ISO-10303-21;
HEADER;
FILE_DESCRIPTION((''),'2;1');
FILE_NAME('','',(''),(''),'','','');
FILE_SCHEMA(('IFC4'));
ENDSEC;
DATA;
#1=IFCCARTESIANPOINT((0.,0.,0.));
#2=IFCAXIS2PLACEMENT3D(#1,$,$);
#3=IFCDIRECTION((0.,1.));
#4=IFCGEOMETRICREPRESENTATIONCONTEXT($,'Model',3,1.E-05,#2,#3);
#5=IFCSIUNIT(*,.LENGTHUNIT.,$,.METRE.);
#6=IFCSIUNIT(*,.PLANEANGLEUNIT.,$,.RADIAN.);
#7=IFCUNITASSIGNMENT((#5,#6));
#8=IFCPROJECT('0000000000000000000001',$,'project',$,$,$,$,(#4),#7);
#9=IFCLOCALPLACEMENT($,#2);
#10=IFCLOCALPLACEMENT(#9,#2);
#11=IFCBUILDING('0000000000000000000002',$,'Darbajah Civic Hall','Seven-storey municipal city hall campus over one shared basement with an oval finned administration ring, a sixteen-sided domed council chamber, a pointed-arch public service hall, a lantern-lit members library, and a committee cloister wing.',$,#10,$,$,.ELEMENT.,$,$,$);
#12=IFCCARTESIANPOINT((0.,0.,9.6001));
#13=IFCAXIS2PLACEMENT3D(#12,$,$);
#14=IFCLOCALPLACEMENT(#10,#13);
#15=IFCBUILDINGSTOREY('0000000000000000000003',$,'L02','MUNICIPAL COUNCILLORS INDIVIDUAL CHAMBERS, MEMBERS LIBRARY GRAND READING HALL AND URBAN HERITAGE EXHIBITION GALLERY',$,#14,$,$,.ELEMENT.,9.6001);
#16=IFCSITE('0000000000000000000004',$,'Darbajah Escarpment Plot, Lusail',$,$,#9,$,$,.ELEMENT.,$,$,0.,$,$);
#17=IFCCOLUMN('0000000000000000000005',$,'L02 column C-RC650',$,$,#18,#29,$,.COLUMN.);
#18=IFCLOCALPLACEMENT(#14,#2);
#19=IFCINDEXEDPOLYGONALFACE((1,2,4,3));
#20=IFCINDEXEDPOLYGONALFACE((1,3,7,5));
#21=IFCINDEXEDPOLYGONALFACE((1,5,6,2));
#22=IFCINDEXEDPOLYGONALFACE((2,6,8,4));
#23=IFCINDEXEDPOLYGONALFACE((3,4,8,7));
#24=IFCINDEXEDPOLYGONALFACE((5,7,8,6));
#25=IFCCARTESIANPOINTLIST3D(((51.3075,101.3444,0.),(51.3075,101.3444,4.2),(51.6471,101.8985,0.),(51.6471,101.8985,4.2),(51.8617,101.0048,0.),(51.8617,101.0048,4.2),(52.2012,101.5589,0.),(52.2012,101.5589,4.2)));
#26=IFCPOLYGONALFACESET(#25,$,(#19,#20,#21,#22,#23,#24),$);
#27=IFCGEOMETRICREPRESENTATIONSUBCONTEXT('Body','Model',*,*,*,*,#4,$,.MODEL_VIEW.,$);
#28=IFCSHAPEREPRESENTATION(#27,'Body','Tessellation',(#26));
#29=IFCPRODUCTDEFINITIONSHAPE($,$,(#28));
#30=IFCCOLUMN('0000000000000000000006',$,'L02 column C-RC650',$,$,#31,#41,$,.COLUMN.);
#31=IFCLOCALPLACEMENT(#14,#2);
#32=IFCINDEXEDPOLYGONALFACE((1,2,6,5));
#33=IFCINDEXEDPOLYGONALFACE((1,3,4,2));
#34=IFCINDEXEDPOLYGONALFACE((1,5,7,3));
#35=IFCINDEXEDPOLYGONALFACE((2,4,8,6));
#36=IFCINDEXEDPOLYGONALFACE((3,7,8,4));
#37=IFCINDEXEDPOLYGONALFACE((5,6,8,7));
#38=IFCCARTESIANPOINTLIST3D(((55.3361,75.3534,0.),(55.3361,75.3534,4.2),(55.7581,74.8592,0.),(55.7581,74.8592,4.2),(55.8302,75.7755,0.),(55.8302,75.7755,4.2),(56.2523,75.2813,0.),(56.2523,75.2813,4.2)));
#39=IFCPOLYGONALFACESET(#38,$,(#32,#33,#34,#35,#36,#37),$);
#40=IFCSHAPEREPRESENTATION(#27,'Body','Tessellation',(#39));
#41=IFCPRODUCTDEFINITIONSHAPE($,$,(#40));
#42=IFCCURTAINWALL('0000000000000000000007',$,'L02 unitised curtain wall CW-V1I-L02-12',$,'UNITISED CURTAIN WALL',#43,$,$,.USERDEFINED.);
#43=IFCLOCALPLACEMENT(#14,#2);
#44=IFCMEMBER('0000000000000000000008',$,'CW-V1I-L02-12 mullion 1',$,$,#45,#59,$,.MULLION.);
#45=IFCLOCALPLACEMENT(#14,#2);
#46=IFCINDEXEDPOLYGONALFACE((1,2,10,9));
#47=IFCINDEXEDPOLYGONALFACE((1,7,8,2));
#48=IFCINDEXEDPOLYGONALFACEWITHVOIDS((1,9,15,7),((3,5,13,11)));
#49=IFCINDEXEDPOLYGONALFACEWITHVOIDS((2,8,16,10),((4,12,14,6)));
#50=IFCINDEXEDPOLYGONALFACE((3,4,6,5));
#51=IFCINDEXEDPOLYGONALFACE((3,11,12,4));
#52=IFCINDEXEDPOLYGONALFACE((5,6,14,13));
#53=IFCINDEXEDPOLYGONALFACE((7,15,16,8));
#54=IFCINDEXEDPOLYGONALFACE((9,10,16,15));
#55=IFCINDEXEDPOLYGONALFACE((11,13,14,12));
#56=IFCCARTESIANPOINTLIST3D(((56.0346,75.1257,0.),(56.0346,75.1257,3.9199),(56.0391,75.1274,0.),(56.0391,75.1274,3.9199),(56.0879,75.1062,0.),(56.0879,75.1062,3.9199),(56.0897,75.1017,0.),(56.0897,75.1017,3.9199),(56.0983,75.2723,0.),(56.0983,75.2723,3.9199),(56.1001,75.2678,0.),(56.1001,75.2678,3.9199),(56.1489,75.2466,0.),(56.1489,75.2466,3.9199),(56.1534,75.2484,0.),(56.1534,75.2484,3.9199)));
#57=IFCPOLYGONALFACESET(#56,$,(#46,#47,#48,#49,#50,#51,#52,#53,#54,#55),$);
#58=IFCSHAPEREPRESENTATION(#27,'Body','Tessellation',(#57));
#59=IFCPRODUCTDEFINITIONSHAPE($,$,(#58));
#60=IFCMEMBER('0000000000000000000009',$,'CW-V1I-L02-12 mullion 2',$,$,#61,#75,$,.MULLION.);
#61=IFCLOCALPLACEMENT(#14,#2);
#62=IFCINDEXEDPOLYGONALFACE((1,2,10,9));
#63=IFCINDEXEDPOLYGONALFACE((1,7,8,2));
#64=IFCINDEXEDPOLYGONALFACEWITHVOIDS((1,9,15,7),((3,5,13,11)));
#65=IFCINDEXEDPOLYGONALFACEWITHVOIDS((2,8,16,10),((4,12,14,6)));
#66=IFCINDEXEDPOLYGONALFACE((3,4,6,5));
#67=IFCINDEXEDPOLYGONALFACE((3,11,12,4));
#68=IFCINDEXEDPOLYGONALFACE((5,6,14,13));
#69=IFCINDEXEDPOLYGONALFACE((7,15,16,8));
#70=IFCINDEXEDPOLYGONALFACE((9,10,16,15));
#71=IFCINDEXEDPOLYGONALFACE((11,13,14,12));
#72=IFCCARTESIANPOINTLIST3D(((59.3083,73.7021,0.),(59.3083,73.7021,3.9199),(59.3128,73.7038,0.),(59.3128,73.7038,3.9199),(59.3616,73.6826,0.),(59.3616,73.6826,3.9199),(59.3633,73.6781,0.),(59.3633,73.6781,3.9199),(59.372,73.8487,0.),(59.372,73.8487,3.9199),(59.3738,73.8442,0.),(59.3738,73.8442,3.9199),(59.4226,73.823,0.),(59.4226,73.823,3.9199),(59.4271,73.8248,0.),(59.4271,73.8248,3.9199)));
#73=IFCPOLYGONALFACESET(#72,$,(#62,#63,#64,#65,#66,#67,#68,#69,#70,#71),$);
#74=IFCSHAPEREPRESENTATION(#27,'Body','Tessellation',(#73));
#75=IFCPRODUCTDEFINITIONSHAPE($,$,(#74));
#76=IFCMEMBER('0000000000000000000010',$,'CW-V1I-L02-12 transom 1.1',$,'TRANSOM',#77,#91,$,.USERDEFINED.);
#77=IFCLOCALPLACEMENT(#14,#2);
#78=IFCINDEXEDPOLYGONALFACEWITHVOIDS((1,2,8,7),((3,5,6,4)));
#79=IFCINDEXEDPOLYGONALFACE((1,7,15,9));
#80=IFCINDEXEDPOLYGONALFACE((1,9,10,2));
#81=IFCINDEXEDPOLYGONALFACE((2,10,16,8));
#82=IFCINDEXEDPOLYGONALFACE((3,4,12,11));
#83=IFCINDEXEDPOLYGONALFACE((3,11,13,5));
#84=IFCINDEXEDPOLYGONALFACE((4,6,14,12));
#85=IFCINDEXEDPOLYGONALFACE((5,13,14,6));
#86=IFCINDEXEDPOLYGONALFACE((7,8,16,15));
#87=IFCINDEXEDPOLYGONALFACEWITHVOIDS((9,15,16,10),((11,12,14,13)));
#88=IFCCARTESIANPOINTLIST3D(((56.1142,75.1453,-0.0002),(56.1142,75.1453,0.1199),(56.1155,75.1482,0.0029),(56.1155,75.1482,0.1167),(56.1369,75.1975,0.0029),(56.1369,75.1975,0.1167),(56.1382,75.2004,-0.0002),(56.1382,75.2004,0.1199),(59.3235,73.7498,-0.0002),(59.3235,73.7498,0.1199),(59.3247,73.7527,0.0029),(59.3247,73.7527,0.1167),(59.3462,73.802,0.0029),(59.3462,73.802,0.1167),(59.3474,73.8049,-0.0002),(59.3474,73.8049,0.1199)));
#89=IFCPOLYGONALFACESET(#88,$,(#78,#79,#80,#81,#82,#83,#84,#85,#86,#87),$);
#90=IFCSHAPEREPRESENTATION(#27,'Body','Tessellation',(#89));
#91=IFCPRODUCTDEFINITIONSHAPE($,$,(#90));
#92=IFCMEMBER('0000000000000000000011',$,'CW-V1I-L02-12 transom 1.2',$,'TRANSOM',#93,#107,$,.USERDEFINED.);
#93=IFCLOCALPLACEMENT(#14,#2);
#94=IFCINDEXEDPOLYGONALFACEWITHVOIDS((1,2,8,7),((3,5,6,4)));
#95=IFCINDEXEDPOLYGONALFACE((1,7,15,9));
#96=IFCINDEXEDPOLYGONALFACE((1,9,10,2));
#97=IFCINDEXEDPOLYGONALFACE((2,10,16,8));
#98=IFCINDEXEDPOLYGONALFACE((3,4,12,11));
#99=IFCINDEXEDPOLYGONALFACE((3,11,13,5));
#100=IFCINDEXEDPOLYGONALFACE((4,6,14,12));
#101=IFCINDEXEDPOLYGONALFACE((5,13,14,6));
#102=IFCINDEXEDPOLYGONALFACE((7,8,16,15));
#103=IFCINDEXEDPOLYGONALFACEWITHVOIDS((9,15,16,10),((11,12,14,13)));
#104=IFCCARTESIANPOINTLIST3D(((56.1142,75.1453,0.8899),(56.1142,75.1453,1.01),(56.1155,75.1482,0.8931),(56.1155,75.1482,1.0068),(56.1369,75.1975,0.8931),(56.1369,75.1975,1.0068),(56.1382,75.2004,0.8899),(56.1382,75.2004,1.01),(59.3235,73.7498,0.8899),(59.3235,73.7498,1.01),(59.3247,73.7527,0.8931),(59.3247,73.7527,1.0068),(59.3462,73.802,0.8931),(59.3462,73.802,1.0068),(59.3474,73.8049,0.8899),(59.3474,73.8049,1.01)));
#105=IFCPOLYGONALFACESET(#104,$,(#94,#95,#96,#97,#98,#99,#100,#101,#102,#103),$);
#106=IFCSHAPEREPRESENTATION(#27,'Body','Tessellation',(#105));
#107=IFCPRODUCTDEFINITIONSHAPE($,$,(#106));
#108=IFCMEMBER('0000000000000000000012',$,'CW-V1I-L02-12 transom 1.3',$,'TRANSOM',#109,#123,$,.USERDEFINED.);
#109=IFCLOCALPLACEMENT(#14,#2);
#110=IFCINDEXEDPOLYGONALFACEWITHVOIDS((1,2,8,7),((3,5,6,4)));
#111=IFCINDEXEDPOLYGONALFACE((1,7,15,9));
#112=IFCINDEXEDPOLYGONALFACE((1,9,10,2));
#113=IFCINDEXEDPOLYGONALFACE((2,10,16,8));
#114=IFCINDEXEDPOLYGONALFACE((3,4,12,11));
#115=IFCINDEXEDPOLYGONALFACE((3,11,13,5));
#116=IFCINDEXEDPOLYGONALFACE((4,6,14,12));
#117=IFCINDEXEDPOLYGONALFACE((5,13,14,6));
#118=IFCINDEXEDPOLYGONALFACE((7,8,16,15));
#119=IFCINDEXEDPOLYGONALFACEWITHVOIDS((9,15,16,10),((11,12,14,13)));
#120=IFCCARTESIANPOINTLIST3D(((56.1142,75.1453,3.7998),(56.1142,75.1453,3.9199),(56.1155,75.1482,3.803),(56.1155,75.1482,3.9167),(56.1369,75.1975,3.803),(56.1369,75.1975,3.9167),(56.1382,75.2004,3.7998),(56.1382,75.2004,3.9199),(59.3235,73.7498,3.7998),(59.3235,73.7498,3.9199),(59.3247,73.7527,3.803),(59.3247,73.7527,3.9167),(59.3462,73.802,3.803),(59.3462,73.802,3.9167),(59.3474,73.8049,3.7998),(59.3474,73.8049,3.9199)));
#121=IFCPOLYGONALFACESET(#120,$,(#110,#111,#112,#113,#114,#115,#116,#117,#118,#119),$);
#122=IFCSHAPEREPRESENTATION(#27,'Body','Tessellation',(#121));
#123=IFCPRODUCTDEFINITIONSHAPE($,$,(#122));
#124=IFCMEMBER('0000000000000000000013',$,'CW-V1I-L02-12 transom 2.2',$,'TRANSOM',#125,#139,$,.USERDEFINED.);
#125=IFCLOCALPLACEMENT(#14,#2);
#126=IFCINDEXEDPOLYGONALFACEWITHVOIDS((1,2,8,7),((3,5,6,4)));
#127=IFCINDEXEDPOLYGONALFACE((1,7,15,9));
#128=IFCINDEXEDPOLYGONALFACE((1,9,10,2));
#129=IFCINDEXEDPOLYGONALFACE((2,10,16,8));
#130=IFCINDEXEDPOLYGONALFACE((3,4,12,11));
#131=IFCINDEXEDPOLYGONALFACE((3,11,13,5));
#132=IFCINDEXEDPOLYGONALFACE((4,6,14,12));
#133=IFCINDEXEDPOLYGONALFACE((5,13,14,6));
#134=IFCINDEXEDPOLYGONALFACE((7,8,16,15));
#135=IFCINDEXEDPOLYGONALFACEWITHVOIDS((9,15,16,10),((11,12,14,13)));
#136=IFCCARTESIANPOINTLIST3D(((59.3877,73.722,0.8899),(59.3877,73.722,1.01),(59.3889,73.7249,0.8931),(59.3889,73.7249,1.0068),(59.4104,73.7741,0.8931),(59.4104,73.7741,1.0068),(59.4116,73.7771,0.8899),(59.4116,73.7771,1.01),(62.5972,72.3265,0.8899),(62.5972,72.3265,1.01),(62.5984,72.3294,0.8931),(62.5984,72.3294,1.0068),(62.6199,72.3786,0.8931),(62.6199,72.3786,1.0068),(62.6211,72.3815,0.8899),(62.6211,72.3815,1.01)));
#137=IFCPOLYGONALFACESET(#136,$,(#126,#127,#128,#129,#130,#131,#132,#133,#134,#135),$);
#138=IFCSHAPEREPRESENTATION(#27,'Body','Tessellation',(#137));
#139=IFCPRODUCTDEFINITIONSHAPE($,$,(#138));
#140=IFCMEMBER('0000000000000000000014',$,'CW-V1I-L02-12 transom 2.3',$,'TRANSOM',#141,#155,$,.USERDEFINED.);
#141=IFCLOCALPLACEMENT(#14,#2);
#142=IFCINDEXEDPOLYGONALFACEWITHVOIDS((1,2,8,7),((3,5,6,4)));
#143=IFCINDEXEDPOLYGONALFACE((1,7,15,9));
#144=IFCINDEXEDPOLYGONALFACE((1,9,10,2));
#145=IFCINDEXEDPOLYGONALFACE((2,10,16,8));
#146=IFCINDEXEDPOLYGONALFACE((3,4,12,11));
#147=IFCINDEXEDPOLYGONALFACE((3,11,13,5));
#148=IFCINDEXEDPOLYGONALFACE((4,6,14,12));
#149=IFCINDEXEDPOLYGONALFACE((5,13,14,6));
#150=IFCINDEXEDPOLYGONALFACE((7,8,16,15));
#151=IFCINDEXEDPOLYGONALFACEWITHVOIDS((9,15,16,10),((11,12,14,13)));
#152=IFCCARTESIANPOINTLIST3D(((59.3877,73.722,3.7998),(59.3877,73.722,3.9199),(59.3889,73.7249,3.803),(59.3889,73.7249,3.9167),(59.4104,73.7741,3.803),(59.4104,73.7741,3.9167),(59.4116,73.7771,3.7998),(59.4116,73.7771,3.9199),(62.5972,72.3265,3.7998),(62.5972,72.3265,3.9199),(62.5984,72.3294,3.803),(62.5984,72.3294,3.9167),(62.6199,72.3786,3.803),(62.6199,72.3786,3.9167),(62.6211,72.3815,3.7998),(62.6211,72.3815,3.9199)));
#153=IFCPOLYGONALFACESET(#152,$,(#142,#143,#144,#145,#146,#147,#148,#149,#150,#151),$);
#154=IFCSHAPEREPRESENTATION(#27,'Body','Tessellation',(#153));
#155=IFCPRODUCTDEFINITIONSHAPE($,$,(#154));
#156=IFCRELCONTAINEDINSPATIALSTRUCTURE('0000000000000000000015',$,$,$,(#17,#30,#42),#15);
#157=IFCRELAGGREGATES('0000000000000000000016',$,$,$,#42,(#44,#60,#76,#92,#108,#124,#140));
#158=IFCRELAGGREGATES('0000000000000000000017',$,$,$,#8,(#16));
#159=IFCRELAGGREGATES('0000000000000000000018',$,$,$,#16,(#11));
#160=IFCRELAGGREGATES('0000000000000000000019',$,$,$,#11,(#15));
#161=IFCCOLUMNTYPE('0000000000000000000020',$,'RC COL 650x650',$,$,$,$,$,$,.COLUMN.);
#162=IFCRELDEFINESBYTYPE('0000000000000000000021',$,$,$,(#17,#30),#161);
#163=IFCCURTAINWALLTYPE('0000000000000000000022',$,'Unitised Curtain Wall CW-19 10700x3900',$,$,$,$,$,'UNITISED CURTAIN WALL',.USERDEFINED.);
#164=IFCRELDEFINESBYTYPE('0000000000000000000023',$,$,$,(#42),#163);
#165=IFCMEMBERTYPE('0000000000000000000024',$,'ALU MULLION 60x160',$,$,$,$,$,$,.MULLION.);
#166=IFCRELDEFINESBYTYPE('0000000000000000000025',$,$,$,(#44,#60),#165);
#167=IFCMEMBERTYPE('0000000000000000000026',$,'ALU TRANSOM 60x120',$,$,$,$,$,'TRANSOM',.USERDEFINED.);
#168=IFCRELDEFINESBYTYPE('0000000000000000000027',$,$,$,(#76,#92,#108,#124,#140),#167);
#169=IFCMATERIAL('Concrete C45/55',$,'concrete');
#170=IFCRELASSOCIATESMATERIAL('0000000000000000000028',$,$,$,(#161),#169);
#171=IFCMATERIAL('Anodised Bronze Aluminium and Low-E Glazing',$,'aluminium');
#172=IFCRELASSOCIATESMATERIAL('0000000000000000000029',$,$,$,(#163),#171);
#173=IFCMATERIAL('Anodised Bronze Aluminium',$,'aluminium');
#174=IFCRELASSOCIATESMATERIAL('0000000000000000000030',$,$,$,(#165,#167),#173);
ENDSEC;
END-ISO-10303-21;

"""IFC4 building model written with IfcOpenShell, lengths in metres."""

from ifc_helpers import new_model, si_unit, direction, frame, origin, origin_2d, place, context, subcontext, project, spatial, rectangle, hollow_rectangle, extrude, material, material_profile, profile_set, type_object, element, aggregate, save


model = new_model("IFC4")

# Units and contexts
model_context = context("Model", 3, precision=1e-05, world=origin(), true_north=direction((0.0, 1.0)))
body_context = subcontext(model_context, "Body", "Model", "MODEL_VIEW")
ifc_project = project(units=[si_unit("LENGTHUNIT", "METRE"), si_unit("PLANEANGLEUNIT", "RADIAN")], contexts=[model_context])

# Site, building, storey
site_placement = place(None, origin())
site = spatial("IfcSite", under=ifc_project, at=site_placement, Name="Darbajah Escarpment Plot, Lusail", CompositionType="ELEMENT", RefElevation=0.0)
building_placement = place(site_placement, origin())
building = spatial("IfcBuilding", under=site, at=building_placement, Name="Darbajah Civic Hall", Description="Seven-storey municipal city hall campus over one shared basement with an oval finned administration ring, a sixteen-sided domed council chamber, a pointed-arch public service hall, a lantern-lit members library, and a committee cloister wing.", CompositionType="ELEMENT")
storey_placement = place(building_placement, frame((0.0, 0.0, 9.6001)))
storey = spatial("IfcBuildingStorey", under=building, at=storey_placement, Name="L02", Description="MUNICIPAL COUNCILLORS INDIVIDUAL CHAMBERS, MEMBERS LIBRARY GRAND READING HALL AND URBAN HERITAGE EXHIBITION GALLERY", CompositionType="ELEMENT", Elevation=9.6001)

# Columns
ifc_material_1 = material(Name="Concrete C45/55", Category="concrete")
ifc_material_profile_1 = material_profile(ifc_material_1, rectangle(XDim=0.6499, YDim=0.6499, at=origin_2d()), Name="RC COL 650x650")
ifc_profile_set_1 = profile_set([ifc_material_profile_1], Name="Concrete C45/55")
column_type = type_object("IfcColumnType", Name="RC COL 650x650", PredefinedType="COLUMN", material=ifc_profile_set_1)
for number, where, z_axis, x_axis, name in (
    (1, (51.7544, 101.4517, 0.0), (0.0, 0.0, 1.0), (-0.85264, 0.522499, 0.0), "L02 column C-RC650"),
    (2, (55.7942, 75.3174, 0.0), (0.0, 0.0, 1.0), (-0.760406, -0.649448, 0.0), "L02 column C-RC650"),
):
    element("IfcColumn", number, at=place(storey_placement, frame(where, z_axis=z_axis, x_axis=x_axis)), inside=storey, type_object=column_type, Name=name, PredefinedType="COLUMN", context=body_context, shape_type="SweptSolid", body=[
        extrude(rectangle(XDim=0.6499, YDim=0.6499, at=origin_2d()), origin(), (0.0, 0.0, 1.0), 4.2),
    ])

# Curtain wall, members
ifc_material_2 = material(Name="Anodised Bronze Aluminium and Low-E Glazing", Category="aluminium")
curtain_wall_type = type_object("IfcCurtainWallType", Name="Unitised Curtain Wall CW-19 10700x3900", ElementType="UNITISED CURTAIN WALL", PredefinedType="USERDEFINED", material=ifc_material_2)
curtain_wall_placement = place(storey_placement, origin())
curtain_wall = element("IfcCurtainWall", 3, at=curtain_wall_placement, inside=storey, type_object=curtain_wall_type, Name="L02 unitised curtain wall CW-V1I-L02-12", ObjectType="UNITISED CURTAIN WALL", PredefinedType="USERDEFINED")
ifc_material_3 = material(Name="Anodised Bronze Aluminium", Category="aluminium")
ifc_material_profile_2 = material_profile(ifc_material_3, hollow_rectangle(XDim=0.0601, YDim=0.1599, WallThickness=0.0034, at=origin_2d()), Name="ALU MULLION 60x160")
ifc_profile_set_2 = profile_set([ifc_material_profile_2], Name="Anodised Bronze Aluminium")
member_type_1 = type_object("IfcMemberType", Name="ALU MULLION 60x160", PredefinedType="MULLION", material=ifc_profile_set_2)
member_1_placement = place(storey_placement, frame((56.094, 75.187, 0.0), z_axis=(0.0, 0.0, 1.0), x_axis=(0.91706, -0.398749, 0.0)))
member_1 = element("IfcMember", 4, at=member_1_placement, type_object=member_type_1, Name="CW-V1I-L02-12 mullion 1", PredefinedType="MULLION", context=body_context, shape_type="SweptSolid", body=[
    extrude(hollow_rectangle(XDim=0.0601, YDim=0.1599, WallThickness=0.0034, at=origin_2d()), origin(), (0.0, 0.0, 1.0), 3.9199),
])
member_2_placement = place(storey_placement, frame((59.3677, 73.7634, 0.0), z_axis=(0.0, 0.0, 1.0), x_axis=(0.91706, -0.398749, 0.0)))
member_2 = element("IfcMember", 5, at=member_2_placement, type_object=member_type_1, Name="CW-V1I-L02-12 mullion 2", PredefinedType="MULLION", context=body_context, shape_type="SweptSolid", body=[
    extrude(hollow_rectangle(XDim=0.0601, YDim=0.1599, WallThickness=0.0034, at=origin_2d()), origin(), (0.0, 0.0, 1.0), 3.9199),
])
ifc_material_profile_3 = material_profile(ifc_material_3, hollow_rectangle(XDim=0.0601, YDim=0.1201, WallThickness=0.0032, at=origin_2d()), Name="ALU TRANSOM 60x120")
ifc_profile_set_3 = profile_set([ifc_material_profile_3], Name="Anodised Bronze Aluminium")
member_type_2 = type_object("IfcMemberType", Name="ALU TRANSOM 60x120", ElementType="TRANSOM", PredefinedType="USERDEFINED", material=ifc_profile_set_3)
member_3_placement = place(storey_placement, frame((56.1262, 75.1729, 0.0598), z_axis=(0.91705, -0.398772, 0.0), x_axis=(0.398772, 0.91705, 0.0)))
member_3 = element("IfcMember", 6, at=member_3_placement, type_object=member_type_2, Name="CW-V1I-L02-12 transom 1.1", ObjectType="TRANSOM", PredefinedType="USERDEFINED", context=body_context, shape_type="SweptSolid", body=[
    extrude(hollow_rectangle(XDim=0.0601, YDim=0.1201, WallThickness=0.0032, at=origin_2d()), origin(), (0.0, 0.0, 1.0), 3.4995),
])
member_4_placement = place(storey_placement, frame((56.1262, 75.1729, 0.95), z_axis=(0.91705, -0.398772, 0.0), x_axis=(0.398772, 0.91705, 0.0)))
member_4 = element("IfcMember", 7, at=member_4_placement, type_object=member_type_2, Name="CW-V1I-L02-12 transom 1.2", ObjectType="TRANSOM", PredefinedType="USERDEFINED", context=body_context, shape_type="SweptSolid", body=[
    extrude(hollow_rectangle(XDim=0.0601, YDim=0.1201, WallThickness=0.0032, at=origin_2d()), origin(), (0.0, 0.0, 1.0), 3.4995),
])
member_5_placement = place(storey_placement, frame((56.1262, 75.1729, 3.8599), z_axis=(0.91705, -0.398772, 0.0), x_axis=(0.398772, 0.91705, 0.0)))
member_5 = element("IfcMember", 8, at=member_5_placement, type_object=member_type_2, Name="CW-V1I-L02-12 transom 1.3", ObjectType="TRANSOM", PredefinedType="USERDEFINED", context=body_context, shape_type="SweptSolid", body=[
    extrude(hollow_rectangle(XDim=0.0601, YDim=0.1201, WallThickness=0.0032, at=origin_2d()), origin(), (0.0, 0.0, 1.0), 3.4995),
])
member_6_placement = place(storey_placement, frame((59.3997, 73.7495, 0.95), z_axis=(0.917061, -0.398747, 0.0), x_axis=(0.398747, 0.917061, 0.0)))
member_6 = element("IfcMember", 9, at=member_6_placement, type_object=member_type_2, Name="CW-V1I-L02-12 transom 2.2", ObjectType="TRANSOM", PredefinedType="USERDEFINED", context=body_context, shape_type="SweptSolid", body=[
    extrude(hollow_rectangle(XDim=0.0601, YDim=0.1201, WallThickness=0.0032, at=origin_2d()), origin(), (0.0, 0.0, 1.0), 3.4998),
])
member_7_placement = place(storey_placement, frame((59.3997, 73.7495, 3.8599), z_axis=(0.917061, -0.398747, 0.0), x_axis=(0.398747, 0.917061, 0.0)))
member_7 = element("IfcMember", 10, at=member_7_placement, type_object=member_type_2, Name="CW-V1I-L02-12 transom 2.3", ObjectType="TRANSOM", PredefinedType="USERDEFINED", context=body_context, shape_type="SweptSolid", body=[
    extrude(hollow_rectangle(XDim=0.0601, YDim=0.1201, WallThickness=0.0032, at=origin_2d()), origin(), (0.0, 0.0, 1.0), 3.4998),
])

aggregate(curtain_wall, [member_1, member_2, member_3, member_4, member_5, member_6, member_7])

save(model, "model.ifc")
